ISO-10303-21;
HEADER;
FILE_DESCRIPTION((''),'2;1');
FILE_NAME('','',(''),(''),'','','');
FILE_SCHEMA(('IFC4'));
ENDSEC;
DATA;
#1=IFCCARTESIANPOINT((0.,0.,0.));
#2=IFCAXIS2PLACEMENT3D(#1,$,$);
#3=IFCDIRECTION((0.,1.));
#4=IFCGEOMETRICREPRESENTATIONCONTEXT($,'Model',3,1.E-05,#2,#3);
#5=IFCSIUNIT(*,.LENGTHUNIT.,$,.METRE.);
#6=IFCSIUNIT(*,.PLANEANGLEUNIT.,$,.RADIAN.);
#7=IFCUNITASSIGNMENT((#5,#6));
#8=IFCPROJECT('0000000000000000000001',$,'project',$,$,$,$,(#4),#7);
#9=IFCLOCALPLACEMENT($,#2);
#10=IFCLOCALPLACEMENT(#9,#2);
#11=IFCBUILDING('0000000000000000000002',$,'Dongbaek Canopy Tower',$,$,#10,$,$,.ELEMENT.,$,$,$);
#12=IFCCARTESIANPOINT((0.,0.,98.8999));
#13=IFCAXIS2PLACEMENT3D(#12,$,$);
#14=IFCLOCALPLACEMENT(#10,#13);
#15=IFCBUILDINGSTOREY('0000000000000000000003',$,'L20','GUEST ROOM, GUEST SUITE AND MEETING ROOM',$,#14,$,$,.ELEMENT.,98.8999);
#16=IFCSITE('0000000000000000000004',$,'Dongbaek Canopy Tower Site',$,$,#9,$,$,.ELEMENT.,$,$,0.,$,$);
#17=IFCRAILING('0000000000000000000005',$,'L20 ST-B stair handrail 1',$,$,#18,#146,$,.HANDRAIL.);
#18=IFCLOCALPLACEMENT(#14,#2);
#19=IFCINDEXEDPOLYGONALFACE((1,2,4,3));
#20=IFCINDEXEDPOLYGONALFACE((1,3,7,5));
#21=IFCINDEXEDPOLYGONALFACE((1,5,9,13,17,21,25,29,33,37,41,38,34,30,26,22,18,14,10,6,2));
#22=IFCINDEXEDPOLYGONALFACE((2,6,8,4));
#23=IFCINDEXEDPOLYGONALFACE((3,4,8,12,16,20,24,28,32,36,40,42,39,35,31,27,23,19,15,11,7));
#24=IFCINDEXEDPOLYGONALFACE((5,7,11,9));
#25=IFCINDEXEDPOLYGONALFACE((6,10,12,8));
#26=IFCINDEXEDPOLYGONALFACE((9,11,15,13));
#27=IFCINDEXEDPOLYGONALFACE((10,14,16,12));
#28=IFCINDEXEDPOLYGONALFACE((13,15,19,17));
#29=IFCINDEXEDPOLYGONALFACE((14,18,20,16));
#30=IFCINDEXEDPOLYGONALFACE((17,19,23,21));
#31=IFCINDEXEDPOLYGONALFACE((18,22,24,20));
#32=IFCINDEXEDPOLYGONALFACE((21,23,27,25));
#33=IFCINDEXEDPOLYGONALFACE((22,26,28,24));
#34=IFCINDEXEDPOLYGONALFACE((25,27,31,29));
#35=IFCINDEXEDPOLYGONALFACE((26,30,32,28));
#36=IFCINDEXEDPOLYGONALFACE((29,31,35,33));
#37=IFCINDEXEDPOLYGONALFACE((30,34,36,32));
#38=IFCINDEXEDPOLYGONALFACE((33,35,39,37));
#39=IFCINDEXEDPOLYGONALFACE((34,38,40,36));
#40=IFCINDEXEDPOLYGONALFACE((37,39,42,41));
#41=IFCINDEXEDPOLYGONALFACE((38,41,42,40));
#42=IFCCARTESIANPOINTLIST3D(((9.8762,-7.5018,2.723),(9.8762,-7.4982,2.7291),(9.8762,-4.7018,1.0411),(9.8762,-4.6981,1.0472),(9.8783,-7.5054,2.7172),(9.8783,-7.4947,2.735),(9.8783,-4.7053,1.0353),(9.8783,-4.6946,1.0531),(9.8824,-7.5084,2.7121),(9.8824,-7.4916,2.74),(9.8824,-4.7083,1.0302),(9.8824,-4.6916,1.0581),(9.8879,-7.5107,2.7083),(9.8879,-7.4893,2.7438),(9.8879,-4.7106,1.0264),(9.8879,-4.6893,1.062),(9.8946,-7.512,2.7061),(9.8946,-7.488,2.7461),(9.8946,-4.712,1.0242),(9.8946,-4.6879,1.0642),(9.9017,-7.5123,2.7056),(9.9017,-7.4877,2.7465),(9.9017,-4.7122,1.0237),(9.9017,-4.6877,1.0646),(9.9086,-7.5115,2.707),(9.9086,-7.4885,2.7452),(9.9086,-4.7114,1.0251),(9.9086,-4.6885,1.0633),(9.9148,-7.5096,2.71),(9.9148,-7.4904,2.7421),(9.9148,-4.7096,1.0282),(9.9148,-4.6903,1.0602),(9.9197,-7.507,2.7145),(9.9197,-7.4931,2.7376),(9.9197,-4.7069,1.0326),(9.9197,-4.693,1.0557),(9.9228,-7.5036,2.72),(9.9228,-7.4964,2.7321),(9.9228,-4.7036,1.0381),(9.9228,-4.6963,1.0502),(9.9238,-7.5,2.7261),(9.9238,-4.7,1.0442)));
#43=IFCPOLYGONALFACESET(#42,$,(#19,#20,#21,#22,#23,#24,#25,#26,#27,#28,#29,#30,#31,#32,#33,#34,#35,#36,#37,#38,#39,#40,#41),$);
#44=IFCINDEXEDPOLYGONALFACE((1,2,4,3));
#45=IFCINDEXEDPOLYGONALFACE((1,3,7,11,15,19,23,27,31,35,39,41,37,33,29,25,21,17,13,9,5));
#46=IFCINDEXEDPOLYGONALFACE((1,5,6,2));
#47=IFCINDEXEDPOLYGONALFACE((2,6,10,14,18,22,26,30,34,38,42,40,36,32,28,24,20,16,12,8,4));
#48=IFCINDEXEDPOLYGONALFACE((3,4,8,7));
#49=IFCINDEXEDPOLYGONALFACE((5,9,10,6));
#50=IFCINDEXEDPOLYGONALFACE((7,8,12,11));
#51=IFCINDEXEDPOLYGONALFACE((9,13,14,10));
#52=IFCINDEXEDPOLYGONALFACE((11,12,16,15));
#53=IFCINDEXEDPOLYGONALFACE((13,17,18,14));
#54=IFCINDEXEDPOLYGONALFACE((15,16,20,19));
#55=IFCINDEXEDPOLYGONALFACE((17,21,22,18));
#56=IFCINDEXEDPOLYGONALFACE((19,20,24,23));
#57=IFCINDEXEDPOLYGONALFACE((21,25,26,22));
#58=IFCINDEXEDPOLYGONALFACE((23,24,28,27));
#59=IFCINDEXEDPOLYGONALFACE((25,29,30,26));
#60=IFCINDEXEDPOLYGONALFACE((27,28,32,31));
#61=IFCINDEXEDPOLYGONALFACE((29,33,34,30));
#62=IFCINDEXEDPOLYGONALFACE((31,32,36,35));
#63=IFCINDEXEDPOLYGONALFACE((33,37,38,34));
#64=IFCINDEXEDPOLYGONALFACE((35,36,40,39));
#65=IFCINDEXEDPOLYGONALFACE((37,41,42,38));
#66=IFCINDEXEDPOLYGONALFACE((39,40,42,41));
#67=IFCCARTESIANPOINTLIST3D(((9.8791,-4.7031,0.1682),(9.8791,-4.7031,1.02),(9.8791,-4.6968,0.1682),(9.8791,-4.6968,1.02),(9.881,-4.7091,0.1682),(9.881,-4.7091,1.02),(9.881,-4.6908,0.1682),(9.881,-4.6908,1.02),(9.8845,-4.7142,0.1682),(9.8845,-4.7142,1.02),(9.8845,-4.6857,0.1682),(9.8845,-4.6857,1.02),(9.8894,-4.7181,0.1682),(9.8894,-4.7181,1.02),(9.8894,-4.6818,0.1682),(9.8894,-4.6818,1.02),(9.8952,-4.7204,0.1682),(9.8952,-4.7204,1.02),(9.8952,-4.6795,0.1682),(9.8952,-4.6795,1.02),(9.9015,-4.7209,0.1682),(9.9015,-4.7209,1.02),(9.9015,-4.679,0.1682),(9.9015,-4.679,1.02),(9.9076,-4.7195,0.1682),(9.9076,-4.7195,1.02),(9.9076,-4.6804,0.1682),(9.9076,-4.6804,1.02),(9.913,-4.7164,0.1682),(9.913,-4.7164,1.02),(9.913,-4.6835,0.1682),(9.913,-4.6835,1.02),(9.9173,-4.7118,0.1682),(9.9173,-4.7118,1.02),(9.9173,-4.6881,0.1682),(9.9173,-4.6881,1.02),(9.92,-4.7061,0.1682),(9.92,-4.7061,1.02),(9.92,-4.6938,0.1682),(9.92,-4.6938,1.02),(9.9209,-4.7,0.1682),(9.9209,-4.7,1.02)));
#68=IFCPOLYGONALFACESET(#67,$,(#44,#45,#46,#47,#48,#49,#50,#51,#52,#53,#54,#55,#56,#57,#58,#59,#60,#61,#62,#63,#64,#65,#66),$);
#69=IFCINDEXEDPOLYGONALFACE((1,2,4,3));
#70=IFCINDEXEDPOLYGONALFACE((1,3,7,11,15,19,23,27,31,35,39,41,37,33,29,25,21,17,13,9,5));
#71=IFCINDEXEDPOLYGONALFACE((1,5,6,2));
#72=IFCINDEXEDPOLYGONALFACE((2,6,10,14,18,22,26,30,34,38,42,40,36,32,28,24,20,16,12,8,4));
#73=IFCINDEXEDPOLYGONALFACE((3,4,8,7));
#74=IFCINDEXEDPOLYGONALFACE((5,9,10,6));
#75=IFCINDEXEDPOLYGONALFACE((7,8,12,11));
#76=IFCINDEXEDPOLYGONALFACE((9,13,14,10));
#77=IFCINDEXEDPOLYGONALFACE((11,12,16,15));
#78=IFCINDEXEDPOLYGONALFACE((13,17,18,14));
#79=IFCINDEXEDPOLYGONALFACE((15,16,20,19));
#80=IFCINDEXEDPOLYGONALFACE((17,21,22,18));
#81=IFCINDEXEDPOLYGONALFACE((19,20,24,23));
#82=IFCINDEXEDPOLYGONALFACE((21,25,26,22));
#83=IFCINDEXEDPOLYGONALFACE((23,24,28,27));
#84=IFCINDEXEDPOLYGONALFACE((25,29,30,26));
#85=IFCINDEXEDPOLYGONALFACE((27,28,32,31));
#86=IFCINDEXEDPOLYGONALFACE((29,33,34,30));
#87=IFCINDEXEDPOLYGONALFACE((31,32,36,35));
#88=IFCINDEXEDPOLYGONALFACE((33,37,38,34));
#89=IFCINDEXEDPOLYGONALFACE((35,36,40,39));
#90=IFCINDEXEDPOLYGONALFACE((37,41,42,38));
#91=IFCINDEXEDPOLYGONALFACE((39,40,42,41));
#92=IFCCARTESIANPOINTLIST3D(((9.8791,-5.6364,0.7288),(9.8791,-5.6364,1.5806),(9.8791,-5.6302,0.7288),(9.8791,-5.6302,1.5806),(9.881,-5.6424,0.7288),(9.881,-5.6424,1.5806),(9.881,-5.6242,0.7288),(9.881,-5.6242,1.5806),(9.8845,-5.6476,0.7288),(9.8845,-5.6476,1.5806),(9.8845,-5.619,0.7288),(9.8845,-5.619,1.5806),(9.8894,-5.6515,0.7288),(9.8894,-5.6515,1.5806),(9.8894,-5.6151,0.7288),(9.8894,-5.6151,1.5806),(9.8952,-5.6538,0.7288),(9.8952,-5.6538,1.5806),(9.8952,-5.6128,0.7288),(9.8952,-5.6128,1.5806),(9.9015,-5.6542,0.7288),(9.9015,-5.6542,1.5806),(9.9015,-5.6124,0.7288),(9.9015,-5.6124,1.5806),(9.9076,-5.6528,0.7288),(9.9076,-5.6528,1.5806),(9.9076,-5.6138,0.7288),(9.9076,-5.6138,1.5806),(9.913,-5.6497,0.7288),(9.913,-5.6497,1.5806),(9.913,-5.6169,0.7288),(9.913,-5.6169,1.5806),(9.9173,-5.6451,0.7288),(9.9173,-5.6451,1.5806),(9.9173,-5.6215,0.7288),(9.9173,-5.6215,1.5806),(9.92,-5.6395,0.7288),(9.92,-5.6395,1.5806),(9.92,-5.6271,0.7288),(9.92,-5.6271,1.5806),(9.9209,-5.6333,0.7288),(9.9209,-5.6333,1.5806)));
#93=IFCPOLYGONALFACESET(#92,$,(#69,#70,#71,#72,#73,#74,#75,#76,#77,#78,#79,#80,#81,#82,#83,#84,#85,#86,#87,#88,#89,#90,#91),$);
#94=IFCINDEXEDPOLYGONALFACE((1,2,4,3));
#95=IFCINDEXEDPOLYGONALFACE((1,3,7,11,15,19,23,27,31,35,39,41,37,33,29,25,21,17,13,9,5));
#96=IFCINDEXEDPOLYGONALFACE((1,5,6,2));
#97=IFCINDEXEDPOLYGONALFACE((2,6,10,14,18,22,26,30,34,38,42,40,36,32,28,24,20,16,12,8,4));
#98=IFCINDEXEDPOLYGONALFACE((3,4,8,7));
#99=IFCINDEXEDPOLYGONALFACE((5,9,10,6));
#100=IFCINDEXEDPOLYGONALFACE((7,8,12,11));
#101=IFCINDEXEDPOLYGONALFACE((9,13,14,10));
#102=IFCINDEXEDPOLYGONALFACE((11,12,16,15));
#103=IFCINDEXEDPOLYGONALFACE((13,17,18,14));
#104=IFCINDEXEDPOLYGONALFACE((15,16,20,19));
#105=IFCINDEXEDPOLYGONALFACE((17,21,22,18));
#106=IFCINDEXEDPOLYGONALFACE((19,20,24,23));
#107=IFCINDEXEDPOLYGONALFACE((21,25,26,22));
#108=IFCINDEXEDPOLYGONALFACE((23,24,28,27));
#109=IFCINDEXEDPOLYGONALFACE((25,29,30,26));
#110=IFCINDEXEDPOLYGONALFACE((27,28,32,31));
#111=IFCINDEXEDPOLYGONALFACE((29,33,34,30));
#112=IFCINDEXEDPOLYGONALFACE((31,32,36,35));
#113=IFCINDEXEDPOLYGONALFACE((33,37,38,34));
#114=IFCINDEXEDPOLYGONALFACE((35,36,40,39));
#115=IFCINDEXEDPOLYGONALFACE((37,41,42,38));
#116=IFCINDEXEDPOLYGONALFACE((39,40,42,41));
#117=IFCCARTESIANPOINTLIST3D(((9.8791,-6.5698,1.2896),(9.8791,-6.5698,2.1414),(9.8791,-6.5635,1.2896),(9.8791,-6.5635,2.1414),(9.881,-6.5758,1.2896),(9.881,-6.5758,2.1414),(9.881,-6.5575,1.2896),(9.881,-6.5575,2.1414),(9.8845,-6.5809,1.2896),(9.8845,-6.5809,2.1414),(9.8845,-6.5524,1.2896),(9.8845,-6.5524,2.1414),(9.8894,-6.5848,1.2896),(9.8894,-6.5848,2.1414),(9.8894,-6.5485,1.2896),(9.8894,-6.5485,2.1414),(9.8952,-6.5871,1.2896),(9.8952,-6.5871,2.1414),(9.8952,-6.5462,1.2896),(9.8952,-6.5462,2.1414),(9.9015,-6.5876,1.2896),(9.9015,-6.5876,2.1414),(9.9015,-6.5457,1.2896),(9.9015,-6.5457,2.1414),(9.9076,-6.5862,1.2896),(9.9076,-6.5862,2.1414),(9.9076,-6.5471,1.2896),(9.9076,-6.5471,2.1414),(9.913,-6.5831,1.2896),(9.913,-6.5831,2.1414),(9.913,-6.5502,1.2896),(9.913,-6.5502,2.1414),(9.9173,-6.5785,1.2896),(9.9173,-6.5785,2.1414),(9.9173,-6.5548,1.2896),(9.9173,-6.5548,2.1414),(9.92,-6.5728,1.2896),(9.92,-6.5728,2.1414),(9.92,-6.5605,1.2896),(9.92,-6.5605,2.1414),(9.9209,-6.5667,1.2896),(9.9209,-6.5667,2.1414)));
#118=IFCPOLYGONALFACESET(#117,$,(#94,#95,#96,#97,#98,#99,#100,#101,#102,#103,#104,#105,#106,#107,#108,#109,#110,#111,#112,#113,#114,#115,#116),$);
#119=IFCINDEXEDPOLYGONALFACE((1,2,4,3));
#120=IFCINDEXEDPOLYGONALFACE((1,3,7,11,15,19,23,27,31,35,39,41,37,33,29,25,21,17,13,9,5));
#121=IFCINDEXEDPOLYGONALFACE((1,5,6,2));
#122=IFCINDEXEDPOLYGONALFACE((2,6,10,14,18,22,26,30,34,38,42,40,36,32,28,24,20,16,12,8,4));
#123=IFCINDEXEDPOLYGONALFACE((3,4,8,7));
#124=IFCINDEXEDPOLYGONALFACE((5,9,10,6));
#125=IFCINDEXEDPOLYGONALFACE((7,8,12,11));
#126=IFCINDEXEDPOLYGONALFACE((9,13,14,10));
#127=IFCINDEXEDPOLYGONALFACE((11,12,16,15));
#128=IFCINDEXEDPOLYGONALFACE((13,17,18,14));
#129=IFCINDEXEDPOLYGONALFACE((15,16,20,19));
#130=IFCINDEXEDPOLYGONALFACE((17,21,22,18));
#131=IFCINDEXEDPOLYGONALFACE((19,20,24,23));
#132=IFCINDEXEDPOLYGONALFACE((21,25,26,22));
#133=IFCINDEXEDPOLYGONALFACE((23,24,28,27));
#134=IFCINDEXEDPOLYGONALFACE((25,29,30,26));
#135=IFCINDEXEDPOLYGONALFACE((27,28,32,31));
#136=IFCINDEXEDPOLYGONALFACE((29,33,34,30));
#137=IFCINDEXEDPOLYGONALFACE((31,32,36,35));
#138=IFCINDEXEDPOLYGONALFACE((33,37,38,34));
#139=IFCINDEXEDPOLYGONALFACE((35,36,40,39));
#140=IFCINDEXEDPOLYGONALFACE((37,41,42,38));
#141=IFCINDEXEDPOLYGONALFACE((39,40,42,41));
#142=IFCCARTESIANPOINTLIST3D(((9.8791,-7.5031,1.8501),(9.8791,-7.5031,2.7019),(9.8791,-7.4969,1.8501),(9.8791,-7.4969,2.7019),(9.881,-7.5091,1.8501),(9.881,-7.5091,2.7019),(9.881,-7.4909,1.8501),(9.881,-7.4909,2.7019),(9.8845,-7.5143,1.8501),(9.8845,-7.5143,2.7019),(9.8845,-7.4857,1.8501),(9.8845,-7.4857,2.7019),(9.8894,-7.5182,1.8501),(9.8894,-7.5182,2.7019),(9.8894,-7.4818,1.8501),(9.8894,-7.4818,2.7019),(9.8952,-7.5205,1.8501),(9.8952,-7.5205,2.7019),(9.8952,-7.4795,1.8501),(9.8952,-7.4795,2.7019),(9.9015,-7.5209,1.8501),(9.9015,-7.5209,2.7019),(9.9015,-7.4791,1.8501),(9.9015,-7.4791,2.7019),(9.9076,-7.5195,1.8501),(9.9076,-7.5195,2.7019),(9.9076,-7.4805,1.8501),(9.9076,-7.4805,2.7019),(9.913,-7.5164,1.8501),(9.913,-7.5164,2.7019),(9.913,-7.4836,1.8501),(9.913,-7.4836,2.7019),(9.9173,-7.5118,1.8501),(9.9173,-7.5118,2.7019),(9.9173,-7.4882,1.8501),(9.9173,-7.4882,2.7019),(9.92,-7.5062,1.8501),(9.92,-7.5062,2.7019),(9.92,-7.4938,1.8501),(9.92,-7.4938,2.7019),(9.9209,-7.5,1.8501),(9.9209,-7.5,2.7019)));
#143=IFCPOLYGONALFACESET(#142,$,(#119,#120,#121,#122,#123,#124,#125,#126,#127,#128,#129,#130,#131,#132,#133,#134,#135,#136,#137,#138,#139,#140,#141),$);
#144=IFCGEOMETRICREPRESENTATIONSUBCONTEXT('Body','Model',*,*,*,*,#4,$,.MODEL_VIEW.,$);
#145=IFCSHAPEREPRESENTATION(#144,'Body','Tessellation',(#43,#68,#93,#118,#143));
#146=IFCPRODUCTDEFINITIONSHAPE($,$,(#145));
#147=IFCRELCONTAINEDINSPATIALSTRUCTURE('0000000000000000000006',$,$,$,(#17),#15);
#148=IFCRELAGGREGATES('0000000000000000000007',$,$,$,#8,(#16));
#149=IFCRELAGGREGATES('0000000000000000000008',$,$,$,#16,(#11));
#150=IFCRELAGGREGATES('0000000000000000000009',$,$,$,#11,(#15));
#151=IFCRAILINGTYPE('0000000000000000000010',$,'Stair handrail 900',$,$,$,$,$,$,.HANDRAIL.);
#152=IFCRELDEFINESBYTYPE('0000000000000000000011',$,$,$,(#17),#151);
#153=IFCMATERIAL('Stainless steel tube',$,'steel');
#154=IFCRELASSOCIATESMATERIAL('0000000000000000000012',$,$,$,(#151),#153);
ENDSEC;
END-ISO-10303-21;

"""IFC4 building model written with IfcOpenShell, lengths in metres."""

from ifc_helpers import new_model, si_unit, direction, frame, origin, origin_2d, place, context, subcontext, project, spatial, circle, extrude, material, type_object, element, save


model = new_model("IFC4")

# Units and contexts
model_context = context("Model", 3, precision=1e-05, world=origin(), true_north=direction((0.0, 1.0)))
body_context = subcontext(model_context, "Body", "Model", "MODEL_VIEW")
ifc_project = project(units=[si_unit("LENGTHUNIT", "METRE"), si_unit("PLANEANGLEUNIT", "RADIAN")], contexts=[model_context])

# Site, building, storey
site_placement = place(None, origin())
site = spatial("IfcSite", under=ifc_project, at=site_placement, Name="Dongbaek Canopy Tower Site", CompositionType="ELEMENT", RefElevation=0.0)
building_placement = place(site_placement, origin())
building = spatial("IfcBuilding", under=site, at=building_placement, Name="Dongbaek Canopy Tower", CompositionType="ELEMENT")
storey_placement = place(building_placement, frame((0.0, 0.0, 98.8999)))
storey = spatial("IfcBuildingStorey", under=building, at=storey_placement, Name="L20", Description="GUEST ROOM, GUEST SUITE AND MEETING ROOM", CompositionType="ELEMENT", Elevation=98.8999)

# Railing
ifc_material_1 = material(Name="Stainless steel tube", Category="steel")
railing_type_1 = type_object("IfcRailingType", Name="Stair handrail 900", PredefinedType="HANDRAIL", material=ifc_material_1)
railing_1_placement = place(storey_placement, frame((9.8999, -4.7, 0.1682)))
element("IfcRailing", 1, at=railing_1_placement, inside=storey, type_object=railing_type_1, Name="L20 ST-B stair handrail 1", PredefinedType="HANDRAIL", context=body_context, shape_type="SweptSolid", body=[
    extrude(circle(Radius=0.0239, at=origin_2d()), frame((0.0, 0.0, 0.876), z_axis=(0.0, -0.857242, 0.514913), x_axis=(1.0, 0.0, 0.0)), (0.0, 0.0, 1.0), 3.2664),
    extrude(circle(Radius=0.021, at=origin_2d()), origin(), (0.0, 0.0, 1.0), 0.8518),
    extrude(circle(Radius=0.021, at=origin_2d()), frame((0.0, -0.9333, 0.5605)), (0.0, 0.0, 1.0), 0.8518),
    extrude(circle(Radius=0.021, at=origin_2d()), frame((0.0, -1.8667, 1.1213)), (0.0, 0.0, 1.0), 0.8518),
    extrude(circle(Radius=0.021, at=origin_2d()), frame((0.0, -2.8, 1.6819)), (0.0, 0.0, 1.0), 0.8518),
])

save(model, "model.ifc")
